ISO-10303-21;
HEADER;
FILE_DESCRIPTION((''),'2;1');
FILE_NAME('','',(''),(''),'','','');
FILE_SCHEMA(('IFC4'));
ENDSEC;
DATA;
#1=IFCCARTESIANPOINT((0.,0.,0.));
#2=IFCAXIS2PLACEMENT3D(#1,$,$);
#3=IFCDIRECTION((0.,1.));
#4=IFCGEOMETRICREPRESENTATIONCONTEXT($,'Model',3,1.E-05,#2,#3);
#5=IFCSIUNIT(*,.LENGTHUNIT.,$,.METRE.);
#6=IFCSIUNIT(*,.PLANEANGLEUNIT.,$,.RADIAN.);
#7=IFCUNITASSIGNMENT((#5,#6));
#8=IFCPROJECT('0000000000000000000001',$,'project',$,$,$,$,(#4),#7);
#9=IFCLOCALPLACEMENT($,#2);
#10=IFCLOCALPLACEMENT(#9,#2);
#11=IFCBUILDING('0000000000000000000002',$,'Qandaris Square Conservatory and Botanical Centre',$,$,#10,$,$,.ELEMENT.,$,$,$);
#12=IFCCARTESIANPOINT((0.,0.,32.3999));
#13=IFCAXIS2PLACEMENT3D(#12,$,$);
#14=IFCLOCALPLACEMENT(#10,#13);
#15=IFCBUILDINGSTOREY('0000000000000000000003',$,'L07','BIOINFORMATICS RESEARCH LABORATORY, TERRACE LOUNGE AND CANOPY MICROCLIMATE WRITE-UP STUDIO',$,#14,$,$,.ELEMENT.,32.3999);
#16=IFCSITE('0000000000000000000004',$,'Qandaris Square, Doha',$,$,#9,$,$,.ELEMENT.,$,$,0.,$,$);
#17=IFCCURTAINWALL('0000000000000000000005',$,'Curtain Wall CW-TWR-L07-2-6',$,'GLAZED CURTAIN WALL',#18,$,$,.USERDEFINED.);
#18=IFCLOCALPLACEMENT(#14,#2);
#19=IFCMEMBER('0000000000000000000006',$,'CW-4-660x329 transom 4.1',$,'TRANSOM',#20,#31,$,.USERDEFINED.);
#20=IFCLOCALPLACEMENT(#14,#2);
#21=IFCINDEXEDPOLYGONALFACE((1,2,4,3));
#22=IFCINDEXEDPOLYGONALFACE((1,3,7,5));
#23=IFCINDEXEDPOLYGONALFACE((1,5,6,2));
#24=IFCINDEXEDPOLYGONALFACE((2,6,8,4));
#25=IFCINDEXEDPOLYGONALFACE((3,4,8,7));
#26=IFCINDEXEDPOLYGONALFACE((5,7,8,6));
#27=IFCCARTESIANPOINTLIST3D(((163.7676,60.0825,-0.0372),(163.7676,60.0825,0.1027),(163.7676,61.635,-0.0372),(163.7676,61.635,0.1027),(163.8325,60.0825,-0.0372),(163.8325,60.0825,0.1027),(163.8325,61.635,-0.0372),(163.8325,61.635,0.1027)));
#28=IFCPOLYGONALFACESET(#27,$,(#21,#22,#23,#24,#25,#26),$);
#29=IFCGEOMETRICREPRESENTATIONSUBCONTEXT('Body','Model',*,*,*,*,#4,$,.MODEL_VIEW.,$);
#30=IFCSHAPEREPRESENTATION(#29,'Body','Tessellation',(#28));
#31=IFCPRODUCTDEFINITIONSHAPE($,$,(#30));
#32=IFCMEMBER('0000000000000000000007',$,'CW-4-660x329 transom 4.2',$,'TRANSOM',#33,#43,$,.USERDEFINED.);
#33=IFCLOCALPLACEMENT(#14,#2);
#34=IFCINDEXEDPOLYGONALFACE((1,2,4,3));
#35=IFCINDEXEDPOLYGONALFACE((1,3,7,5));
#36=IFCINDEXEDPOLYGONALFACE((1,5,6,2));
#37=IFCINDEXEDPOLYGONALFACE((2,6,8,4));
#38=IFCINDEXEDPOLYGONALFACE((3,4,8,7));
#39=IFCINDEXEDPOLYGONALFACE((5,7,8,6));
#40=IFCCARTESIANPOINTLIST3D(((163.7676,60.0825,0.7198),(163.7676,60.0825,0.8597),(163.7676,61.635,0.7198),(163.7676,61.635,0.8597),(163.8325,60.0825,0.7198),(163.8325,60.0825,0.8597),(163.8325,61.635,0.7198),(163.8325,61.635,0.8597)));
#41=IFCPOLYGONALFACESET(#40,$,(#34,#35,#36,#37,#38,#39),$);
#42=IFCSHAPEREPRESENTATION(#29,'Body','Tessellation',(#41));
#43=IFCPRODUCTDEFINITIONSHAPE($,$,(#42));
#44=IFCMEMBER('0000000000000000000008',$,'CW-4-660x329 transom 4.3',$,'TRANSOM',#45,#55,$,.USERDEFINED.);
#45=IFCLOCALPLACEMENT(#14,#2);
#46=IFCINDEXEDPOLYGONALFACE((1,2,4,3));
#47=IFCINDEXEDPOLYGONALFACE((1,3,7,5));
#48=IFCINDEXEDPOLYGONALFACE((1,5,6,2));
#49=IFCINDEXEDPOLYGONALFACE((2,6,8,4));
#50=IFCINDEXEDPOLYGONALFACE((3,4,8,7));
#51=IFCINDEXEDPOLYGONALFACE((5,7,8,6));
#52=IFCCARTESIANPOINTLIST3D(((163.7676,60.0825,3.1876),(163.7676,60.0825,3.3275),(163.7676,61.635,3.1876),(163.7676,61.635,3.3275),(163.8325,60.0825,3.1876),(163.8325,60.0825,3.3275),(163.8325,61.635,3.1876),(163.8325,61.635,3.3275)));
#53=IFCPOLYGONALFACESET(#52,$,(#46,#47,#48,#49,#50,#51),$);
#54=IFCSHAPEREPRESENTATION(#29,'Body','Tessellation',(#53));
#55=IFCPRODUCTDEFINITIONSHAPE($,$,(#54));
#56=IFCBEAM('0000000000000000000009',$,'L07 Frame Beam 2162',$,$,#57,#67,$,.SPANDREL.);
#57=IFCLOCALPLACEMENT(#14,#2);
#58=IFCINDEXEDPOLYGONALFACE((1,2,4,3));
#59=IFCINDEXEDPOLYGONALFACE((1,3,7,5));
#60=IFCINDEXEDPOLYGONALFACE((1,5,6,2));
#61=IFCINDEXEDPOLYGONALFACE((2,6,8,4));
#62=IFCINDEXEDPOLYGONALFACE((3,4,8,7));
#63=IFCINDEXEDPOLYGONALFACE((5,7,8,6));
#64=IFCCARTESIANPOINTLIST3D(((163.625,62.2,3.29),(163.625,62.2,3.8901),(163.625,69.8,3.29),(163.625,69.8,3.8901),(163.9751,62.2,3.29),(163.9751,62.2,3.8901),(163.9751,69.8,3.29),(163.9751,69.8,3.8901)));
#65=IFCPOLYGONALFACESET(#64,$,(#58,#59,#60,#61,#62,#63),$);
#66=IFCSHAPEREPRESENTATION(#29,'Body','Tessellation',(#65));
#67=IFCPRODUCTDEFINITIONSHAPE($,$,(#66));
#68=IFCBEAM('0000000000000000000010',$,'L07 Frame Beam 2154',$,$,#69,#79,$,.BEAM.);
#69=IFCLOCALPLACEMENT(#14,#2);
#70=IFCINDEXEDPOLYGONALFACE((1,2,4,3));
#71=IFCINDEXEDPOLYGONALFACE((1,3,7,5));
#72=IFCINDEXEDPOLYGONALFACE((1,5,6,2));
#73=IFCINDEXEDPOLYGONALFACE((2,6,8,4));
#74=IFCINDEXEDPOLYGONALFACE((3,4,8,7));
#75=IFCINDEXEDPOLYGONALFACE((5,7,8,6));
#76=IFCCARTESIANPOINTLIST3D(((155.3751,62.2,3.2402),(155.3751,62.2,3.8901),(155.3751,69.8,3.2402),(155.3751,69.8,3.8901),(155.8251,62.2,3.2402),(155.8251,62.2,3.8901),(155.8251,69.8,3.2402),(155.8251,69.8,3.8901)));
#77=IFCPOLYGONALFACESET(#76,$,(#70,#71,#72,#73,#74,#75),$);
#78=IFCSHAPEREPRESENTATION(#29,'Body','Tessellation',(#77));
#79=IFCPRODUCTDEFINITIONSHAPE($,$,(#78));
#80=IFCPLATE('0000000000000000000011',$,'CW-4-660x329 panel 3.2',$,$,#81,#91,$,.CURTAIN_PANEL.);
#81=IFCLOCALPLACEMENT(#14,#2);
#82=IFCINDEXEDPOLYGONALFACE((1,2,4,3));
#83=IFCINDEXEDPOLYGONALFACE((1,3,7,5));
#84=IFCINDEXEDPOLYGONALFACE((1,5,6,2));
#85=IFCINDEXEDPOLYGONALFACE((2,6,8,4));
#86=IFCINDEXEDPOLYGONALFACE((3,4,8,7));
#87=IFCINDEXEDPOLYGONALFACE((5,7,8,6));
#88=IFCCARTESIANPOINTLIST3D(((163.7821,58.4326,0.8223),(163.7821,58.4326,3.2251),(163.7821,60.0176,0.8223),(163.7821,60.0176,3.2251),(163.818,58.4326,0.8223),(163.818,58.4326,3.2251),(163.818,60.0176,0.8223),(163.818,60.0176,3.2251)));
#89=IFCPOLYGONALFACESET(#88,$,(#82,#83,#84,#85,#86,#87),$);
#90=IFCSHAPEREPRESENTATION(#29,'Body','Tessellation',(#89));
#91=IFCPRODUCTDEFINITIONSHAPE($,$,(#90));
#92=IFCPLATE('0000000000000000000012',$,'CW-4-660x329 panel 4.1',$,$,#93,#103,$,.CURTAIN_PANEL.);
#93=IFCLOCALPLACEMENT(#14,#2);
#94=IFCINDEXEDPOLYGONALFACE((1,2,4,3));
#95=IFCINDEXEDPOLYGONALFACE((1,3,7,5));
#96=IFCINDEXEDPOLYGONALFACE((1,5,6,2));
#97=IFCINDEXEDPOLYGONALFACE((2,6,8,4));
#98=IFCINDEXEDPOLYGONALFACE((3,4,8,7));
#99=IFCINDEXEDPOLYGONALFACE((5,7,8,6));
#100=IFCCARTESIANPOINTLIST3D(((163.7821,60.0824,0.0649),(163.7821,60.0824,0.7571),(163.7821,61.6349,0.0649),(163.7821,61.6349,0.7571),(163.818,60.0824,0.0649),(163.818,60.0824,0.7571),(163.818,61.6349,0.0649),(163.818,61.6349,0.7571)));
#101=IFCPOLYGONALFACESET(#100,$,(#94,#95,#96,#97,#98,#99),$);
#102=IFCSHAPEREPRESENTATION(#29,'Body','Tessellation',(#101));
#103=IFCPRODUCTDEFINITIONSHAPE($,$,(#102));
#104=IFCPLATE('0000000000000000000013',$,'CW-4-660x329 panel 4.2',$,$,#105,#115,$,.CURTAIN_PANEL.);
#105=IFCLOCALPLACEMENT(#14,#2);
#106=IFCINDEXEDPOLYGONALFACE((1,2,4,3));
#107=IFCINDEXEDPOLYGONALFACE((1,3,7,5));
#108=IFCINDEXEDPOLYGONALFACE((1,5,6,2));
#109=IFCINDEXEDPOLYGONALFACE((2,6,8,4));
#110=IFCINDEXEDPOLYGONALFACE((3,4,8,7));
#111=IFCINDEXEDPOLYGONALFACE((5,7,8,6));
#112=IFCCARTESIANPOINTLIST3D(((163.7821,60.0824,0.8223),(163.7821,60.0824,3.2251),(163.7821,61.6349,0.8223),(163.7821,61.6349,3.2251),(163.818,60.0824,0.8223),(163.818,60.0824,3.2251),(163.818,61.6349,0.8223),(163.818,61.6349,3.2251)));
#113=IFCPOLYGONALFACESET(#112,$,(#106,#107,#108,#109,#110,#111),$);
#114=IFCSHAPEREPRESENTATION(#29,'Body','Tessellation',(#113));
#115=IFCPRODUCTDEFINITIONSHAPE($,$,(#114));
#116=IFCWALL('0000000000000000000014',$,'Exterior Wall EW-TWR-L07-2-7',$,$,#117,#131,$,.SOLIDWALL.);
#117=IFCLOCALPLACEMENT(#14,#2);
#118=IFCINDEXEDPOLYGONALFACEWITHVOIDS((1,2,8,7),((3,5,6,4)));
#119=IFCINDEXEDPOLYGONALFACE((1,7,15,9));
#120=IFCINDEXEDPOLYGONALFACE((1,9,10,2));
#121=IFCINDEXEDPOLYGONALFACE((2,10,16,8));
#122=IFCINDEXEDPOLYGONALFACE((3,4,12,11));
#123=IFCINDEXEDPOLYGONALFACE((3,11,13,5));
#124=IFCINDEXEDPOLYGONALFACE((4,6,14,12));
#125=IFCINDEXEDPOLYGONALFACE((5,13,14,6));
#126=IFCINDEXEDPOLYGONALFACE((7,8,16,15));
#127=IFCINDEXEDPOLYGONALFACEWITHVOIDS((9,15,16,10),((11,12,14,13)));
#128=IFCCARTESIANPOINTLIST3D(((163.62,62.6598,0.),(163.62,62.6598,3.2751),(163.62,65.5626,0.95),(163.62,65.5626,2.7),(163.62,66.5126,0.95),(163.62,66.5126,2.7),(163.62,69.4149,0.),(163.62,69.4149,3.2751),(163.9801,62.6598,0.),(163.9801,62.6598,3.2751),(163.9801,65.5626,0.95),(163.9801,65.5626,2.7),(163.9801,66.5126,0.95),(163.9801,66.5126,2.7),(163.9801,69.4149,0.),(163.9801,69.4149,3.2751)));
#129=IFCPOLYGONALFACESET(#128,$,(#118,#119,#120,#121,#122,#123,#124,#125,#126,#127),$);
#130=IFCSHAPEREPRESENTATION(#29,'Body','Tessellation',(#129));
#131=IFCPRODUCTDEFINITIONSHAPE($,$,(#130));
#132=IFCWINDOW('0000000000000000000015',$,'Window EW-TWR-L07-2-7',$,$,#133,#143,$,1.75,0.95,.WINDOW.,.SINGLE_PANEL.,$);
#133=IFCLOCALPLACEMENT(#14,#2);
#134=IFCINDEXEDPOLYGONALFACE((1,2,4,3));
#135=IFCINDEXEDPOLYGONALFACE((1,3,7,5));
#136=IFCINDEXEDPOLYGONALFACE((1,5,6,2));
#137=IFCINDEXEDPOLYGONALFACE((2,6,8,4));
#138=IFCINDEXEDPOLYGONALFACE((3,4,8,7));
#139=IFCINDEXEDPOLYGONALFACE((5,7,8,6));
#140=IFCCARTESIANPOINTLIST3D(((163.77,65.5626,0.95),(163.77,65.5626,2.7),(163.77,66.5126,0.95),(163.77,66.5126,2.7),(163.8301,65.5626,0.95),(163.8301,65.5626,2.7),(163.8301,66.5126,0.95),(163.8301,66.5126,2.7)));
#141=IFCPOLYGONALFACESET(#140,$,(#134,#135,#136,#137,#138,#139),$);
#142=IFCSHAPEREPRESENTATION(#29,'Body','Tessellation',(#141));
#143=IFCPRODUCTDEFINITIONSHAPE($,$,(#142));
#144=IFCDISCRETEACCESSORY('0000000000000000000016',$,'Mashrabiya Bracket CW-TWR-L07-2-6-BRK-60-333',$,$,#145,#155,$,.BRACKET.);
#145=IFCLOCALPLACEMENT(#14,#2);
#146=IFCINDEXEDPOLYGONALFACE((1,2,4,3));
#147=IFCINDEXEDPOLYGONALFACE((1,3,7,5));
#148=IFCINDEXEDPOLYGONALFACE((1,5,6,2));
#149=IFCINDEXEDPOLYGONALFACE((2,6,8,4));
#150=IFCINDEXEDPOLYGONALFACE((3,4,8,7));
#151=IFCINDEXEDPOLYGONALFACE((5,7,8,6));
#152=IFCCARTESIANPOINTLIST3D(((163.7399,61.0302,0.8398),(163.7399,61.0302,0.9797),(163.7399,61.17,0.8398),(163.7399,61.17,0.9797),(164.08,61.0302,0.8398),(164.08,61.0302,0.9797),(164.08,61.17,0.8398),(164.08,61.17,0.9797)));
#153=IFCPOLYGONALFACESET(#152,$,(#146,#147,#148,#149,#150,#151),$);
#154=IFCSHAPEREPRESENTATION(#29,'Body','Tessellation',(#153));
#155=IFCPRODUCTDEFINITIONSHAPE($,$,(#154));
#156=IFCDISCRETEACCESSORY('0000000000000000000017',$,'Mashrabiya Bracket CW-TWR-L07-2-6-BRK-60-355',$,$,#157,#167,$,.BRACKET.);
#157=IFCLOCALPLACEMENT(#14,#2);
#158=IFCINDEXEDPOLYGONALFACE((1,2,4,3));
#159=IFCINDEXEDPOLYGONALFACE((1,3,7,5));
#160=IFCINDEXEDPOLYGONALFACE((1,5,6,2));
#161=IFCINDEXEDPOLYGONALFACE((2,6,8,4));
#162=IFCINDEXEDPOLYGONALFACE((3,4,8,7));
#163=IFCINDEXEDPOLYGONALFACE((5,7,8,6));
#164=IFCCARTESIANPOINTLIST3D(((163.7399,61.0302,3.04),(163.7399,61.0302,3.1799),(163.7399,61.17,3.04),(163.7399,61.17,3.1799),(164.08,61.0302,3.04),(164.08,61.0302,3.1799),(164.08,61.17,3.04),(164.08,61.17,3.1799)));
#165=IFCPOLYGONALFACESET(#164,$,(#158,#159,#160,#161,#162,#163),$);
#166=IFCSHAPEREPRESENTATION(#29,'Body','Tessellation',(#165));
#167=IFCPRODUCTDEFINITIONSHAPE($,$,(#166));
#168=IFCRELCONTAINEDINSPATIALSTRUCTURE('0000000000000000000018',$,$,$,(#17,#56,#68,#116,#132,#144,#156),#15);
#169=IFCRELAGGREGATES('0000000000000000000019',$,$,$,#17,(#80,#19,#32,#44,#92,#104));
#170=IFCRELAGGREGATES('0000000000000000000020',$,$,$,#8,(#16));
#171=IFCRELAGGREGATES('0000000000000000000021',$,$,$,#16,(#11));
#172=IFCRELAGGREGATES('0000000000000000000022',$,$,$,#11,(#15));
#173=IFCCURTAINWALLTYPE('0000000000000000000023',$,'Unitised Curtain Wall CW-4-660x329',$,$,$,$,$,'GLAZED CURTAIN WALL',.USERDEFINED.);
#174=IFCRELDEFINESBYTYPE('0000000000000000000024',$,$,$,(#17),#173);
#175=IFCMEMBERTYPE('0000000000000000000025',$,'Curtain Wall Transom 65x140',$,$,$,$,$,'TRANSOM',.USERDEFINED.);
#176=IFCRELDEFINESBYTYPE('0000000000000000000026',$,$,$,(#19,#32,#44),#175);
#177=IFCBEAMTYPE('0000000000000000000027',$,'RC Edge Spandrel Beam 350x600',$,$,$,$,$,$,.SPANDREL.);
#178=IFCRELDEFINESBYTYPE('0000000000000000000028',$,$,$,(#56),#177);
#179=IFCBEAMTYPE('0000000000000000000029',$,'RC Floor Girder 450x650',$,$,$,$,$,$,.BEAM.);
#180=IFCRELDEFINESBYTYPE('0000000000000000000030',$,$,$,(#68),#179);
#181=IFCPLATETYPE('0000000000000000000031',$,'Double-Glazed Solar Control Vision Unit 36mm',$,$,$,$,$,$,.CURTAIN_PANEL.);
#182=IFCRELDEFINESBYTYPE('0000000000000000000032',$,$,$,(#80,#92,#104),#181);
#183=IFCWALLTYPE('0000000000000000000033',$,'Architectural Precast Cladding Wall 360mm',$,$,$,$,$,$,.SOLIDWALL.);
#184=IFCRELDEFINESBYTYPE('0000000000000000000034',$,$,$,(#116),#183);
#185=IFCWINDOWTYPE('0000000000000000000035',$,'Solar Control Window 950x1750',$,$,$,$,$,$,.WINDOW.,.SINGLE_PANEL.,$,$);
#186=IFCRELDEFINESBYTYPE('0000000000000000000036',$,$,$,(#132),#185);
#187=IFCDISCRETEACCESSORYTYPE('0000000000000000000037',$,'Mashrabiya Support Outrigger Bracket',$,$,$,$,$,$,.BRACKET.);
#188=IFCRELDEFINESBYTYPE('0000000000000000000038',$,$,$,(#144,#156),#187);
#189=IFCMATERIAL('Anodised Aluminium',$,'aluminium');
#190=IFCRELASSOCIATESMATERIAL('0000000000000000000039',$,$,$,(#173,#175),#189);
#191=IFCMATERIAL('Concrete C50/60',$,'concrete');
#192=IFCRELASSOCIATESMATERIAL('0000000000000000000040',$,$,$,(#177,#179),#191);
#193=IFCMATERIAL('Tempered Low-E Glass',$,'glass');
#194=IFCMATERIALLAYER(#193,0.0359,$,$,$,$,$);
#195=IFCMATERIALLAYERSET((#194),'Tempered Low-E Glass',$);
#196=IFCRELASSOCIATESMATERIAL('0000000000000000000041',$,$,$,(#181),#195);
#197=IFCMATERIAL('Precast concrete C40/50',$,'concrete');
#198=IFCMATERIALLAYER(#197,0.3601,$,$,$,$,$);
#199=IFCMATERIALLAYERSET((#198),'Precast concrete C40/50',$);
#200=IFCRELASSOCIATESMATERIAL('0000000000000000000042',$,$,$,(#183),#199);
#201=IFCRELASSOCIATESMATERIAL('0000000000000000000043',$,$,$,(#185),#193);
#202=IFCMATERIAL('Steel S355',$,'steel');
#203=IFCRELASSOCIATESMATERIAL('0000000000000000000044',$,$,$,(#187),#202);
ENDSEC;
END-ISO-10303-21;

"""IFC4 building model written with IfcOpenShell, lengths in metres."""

from ifc_helpers import new_model, si_unit, direction, frame, frame_2d, origin, origin_2d, place, context, subcontext, project, spatial, rectangle, extrude, material, layer, layer_set, material_profile, profile_set, type_object, element, fill, aggregate, save


model = new_model("IFC4")

# Units and contexts
model_context = context("Model", 3, precision=1e-05, world=origin(), true_north=direction((0.0, 1.0)))
body_context = subcontext(model_context, "Body", "Model", "MODEL_VIEW")
ifc_project = project(units=[si_unit("LENGTHUNIT", "METRE"), si_unit("PLANEANGLEUNIT", "RADIAN")], contexts=[model_context])

# Site, building, storey
site_placement = place(None, origin())
site = spatial("IfcSite", under=ifc_project, at=site_placement, Name="Qandaris Square, Doha", CompositionType="ELEMENT", RefElevation=0.0)
building_placement = place(site_placement, origin())
building = spatial("IfcBuilding", under=site, at=building_placement, Name="Qandaris Square Conservatory and Botanical Centre", CompositionType="ELEMENT")
storey_placement = place(building_placement, frame((0.0, 0.0, 32.3999)))
storey = spatial("IfcBuildingStorey", under=building, at=storey_placement, Name="L07", Description="BIOINFORMATICS RESEARCH LABORATORY, TERRACE LOUNGE AND CANOPY MICROCLIMATE WRITE-UP STUDIO", CompositionType="ELEMENT", Elevation=32.3999)

# Shared definitions
ifc_material_1 = material(Name="Concrete C50/60", Category="concrete")

# Shared definitions
ifc_material_2 = material(Name="Steel S355", Category="steel")

# Curtain wall, members
ifc_material_3 = material(Name="Anodised Aluminium", Category="aluminium")
curtain_wall_type = type_object("IfcCurtainWallType", Name="Unitised Curtain Wall CW-4-660x329", ElementType="GLAZED CURTAIN WALL", PredefinedType="USERDEFINED", material=ifc_material_3)
curtain_wall_placement = place(storey_placement, origin())
curtain_wall = element("IfcCurtainWall", 1, at=curtain_wall_placement, inside=storey, type_object=curtain_wall_type, Name="Curtain Wall CW-TWR-L07-2-6", ObjectType="GLAZED CURTAIN WALL", PredefinedType="USERDEFINED")
ifc_material_profile_1 = material_profile(ifc_material_3, rectangle(XDim=0.0649, YDim=0.1399, at=origin_2d()), Name="ALU-TRN 65x140")
ifc_profile_set_1 = profile_set([ifc_material_profile_1], Name="Anodised Aluminium")
member_type_1 = type_object("IfcMemberType", Name="Curtain Wall Transom 65x140", ElementType="TRANSOM", PredefinedType="USERDEFINED", material=ifc_profile_set_1)
member_1_placement = place(storey_placement, frame((163.8, 60.0825, 0.0327), z_axis=(0.0, 1.0, 0.0), x_axis=(-1.0, 0.0, 0.0)))
member_1 = element("IfcMember", 2, at=member_1_placement, type_object=member_type_1, Name="CW-4-660x329 transom 4.1", ObjectType="TRANSOM", PredefinedType="USERDEFINED", context=body_context, shape_type="SweptSolid", body=[
    extrude(rectangle(XDim=0.0649, YDim=0.1399, at=origin_2d()), origin(), (0.0, 0.0, 1.0), 1.5525),
])
member_2_placement = place(storey_placement, frame((163.8, 60.0825, 0.7898), z_axis=(0.0, 1.0, 0.0), x_axis=(-1.0, 0.0, 0.0)))
member_2 = element("IfcMember", 3, at=member_2_placement, type_object=member_type_1, Name="CW-4-660x329 transom 4.2", ObjectType="TRANSOM", PredefinedType="USERDEFINED", context=body_context, shape_type="SweptSolid", body=[
    extrude(rectangle(XDim=0.0649, YDim=0.1399, at=origin_2d()), origin(), (0.0, 0.0, 1.0), 1.5525),
])
member_3_placement = place(storey_placement, frame((163.8, 60.0825, 3.2576), z_axis=(0.0, 1.0, 0.0), x_axis=(-1.0, 0.0, 0.0)))
member_3 = element("IfcMember", 4, at=member_3_placement, type_object=member_type_1, Name="CW-4-660x329 transom 4.3", ObjectType="TRANSOM", PredefinedType="USERDEFINED", context=body_context, shape_type="SweptSolid", body=[
    extrude(rectangle(XDim=0.0649, YDim=0.1399, at=origin_2d()), origin(), (0.0, 0.0, 1.0), 1.5525),
])

# Beams
ifc_material_profile_2 = material_profile(ifc_material_1, rectangle(XDim=0.3501, YDim=0.6001, at=origin_2d()), Name="RC-SP 350x600")
ifc_profile_set_2 = profile_set([ifc_material_profile_2], Name="Concrete C50/60")
beam_type_1 = type_object("IfcBeamType", Name="RC Edge Spandrel Beam 350x600", PredefinedType="SPANDREL", material=ifc_profile_set_2)
beam_1_placement = place(storey_placement, frame((163.8, 62.2, 3.5901), z_axis=(0.0, 1.0, 0.0), x_axis=(-1.0, 0.0, 0.0)))
element("IfcBeam", 5, at=beam_1_placement, inside=storey, type_object=beam_type_1, Name="L07 Frame Beam 2162", PredefinedType="SPANDREL", context=body_context, shape_type="SweptSolid", body=[
    extrude(rectangle(XDim=0.3501, YDim=0.6001, at=origin_2d()), origin(), (0.0, 0.0, 1.0), 7.6001),
])
ifc_material_profile_3 = material_profile(ifc_material_1, rectangle(XDim=0.45, YDim=0.6499, at=origin_2d()), Name="RC-BM 450x650")
ifc_profile_set_3 = profile_set([ifc_material_profile_3], Name="Concrete C50/60")
beam_type_2 = type_object("IfcBeamType", Name="RC Floor Girder 450x650", PredefinedType="BEAM", material=ifc_profile_set_3)
beam_2_placement = place(storey_placement, frame((155.6001, 62.2, 3.5652), z_axis=(0.0, 1.0, 0.0), x_axis=(-1.0, 0.0, 0.0)))
element("IfcBeam", 6, at=beam_2_placement, inside=storey, type_object=beam_type_2, Name="L07 Frame Beam 2154", PredefinedType="BEAM", context=body_context, shape_type="SweptSolid", body=[
    extrude(rectangle(XDim=0.45, YDim=0.6499, at=origin_2d()), origin(), (0.0, 0.0, 1.0), 7.6001),
])

# Plates
ifc_material_4 = material(Name="Tempered Low-E Glass", Category="glass")
ifc_layer_1 = layer(ifc_material_4, 0.0359)
ifc_layer_set_1 = layer_set([ifc_layer_1], Name="Tempered Low-E Glass")
plate_type = type_object("IfcPlateType", Name="Double-Glazed Solar Control Vision Unit 36mm", PredefinedType="CURTAIN_PANEL", material=ifc_layer_set_1)
plate_1_placement = place(storey_placement, frame((163.8, 59.2251, 0.8223), z_axis=(0.0, 0.0, 1.0), x_axis=(0.0, 1.0, 0.0)))
plate_1 = element("IfcPlate", 7, at=plate_1_placement, type_object=plate_type, Name="CW-4-660x329 panel 3.2", PredefinedType="CURTAIN_PANEL", context=body_context, shape_type="SweptSolid", body=[
    extrude(rectangle(XDim=1.585, YDim=0.0359, at=origin_2d()), origin(), (0.0, 0.0, 1.0), 2.4028),
])
plate_2_placement = place(storey_placement, frame((163.8, 60.8586, 0.0649), z_axis=(0.0, 0.0, 1.0), x_axis=(0.0, 1.0, 0.0)))
plate_2 = element("IfcPlate", 8, at=plate_2_placement, type_object=plate_type, Name="CW-4-660x329 panel 4.1", PredefinedType="CURTAIN_PANEL", context=body_context, shape_type="SweptSolid", body=[
    extrude(rectangle(XDim=1.5525, YDim=0.0359, at=origin_2d()), origin(), (0.0, 0.0, 1.0), 0.6921),
])
plate_3_placement = place(storey_placement, frame((163.8, 60.8586, 0.8223), z_axis=(0.0, 0.0, 1.0), x_axis=(0.0, 1.0, 0.0)))
plate_3 = element("IfcPlate", 9, at=plate_3_placement, type_object=plate_type, Name="CW-4-660x329 panel 4.2", PredefinedType="CURTAIN_PANEL", context=body_context, shape_type="SweptSolid", body=[
    extrude(rectangle(XDim=1.5525, YDim=0.0359, at=origin_2d()), origin(), (0.0, 0.0, 1.0), 2.4028),
])
aggregate(curtain_wall, [plate_1, member_1, member_2, member_3, plate_2, plate_3])

# Wall, opening, window
ifc_material_5 = material(Name="Precast concrete C40/50", Category="concrete")
ifc_layer_2 = layer(ifc_material_5, 0.3601)
ifc_layer_set_2 = layer_set([ifc_layer_2], Name="Precast concrete C40/50")
wall_type = type_object("IfcWallType", Name="Architectural Precast Cladding Wall 360mm", PredefinedType="SOLIDWALL", material=ifc_layer_set_2)
wall_placement = place(storey_placement, frame((163.8, 62.6599, 0.0), z_axis=(0.0, 0.0, 1.0), x_axis=(0.0, 1.0, 0.0)))
wall = element("IfcWall", 10, at=wall_placement, inside=storey, type_object=wall_type, Name="Exterior Wall EW-TWR-L07-2-7", PredefinedType="SOLIDWALL", context=body_context, shape_type="SweptSolid", body=[
    extrude(rectangle(XDim=6.7551, YDim=0.3601, at=frame_2d((3.3774, 0.0))), origin(), (0.0, 0.0, 1.0), 3.2751),
])
opening_placement = place(wall_placement, frame((2.9026, 0.0, 0.95)))
opening = element("IfcOpeningElement", 11, at=opening_placement, cuts=wall, PredefinedType="OPENING", context=body_context, shape_type="SweptSolid", body=[
    extrude(rectangle(XDim=0.95, YDim=1.75, at=frame_2d((0.4751, 0.875))), frame((0.0, 0.1919, 0.0), z_axis=(0.0, -1.0, 0.0), x_axis=(1.0, 0.0, 0.0)), (0.0, 0.0, 1.0), 0.384),
])
window_type = type_object("IfcWindowType", Name="Solar Control Window 950x1750", PartitioningType="SINGLE_PANEL", PredefinedType="WINDOW", material=ifc_material_4)
window_placement = place(opening_placement, origin())
window = element("IfcWindow", 12, at=window_placement, inside=storey, type_object=window_type, Name="Window EW-TWR-L07-2-7", OverallHeight=1.75, OverallWidth=0.95, PartitioningType="SINGLE_PANEL", PredefinedType="WINDOW", context=body_context, shape_type="SweptSolid", body=[
    extrude(rectangle(XDim=0.95, YDim=1.75, at=frame_2d((0.4751, 0.875))), frame((0.0, 0.03, 0.0), z_axis=(0.0, -1.0, 0.0), x_axis=(1.0, 0.0, 0.0)), (0.0, 0.0, 1.0), 0.0601),
])
fill(opening, window)

# Discrete accessories
discrete_accessory_type = type_object("IfcDiscreteAccessoryType", Name="Mashrabiya Support Outrigger Bracket", PredefinedType="BRACKET", material=ifc_material_2)
for number, where, z_axis, x_axis, name in (
    (13, (163.9099, 61.1001, 0.8398), (0.0, 0.0, 1.0), (0.0, 1.0, 0.0), "Mashrabiya Bracket CW-TWR-L07-2-6-BRK-60-333"),
    (14, (163.9099, 61.1001, 3.04), (0.0, 0.0, 1.0), (0.0, 1.0, 0.0), "Mashrabiya Bracket CW-TWR-L07-2-6-BRK-60-355"),
):
    element("IfcDiscreteAccessory", number, at=place(storey_placement, frame(where, z_axis=z_axis, x_axis=x_axis)), inside=storey, type_object=discrete_accessory_type, Name=name, PredefinedType="BRACKET", context=body_context, shape_type="SweptSolid", body=[
        extrude(rectangle(XDim=0.1399, YDim=0.3401, at=origin_2d()), origin(), (0.0, 0.0, 1.0), 0.1399),
    ])

save(model, "model.ifc")
